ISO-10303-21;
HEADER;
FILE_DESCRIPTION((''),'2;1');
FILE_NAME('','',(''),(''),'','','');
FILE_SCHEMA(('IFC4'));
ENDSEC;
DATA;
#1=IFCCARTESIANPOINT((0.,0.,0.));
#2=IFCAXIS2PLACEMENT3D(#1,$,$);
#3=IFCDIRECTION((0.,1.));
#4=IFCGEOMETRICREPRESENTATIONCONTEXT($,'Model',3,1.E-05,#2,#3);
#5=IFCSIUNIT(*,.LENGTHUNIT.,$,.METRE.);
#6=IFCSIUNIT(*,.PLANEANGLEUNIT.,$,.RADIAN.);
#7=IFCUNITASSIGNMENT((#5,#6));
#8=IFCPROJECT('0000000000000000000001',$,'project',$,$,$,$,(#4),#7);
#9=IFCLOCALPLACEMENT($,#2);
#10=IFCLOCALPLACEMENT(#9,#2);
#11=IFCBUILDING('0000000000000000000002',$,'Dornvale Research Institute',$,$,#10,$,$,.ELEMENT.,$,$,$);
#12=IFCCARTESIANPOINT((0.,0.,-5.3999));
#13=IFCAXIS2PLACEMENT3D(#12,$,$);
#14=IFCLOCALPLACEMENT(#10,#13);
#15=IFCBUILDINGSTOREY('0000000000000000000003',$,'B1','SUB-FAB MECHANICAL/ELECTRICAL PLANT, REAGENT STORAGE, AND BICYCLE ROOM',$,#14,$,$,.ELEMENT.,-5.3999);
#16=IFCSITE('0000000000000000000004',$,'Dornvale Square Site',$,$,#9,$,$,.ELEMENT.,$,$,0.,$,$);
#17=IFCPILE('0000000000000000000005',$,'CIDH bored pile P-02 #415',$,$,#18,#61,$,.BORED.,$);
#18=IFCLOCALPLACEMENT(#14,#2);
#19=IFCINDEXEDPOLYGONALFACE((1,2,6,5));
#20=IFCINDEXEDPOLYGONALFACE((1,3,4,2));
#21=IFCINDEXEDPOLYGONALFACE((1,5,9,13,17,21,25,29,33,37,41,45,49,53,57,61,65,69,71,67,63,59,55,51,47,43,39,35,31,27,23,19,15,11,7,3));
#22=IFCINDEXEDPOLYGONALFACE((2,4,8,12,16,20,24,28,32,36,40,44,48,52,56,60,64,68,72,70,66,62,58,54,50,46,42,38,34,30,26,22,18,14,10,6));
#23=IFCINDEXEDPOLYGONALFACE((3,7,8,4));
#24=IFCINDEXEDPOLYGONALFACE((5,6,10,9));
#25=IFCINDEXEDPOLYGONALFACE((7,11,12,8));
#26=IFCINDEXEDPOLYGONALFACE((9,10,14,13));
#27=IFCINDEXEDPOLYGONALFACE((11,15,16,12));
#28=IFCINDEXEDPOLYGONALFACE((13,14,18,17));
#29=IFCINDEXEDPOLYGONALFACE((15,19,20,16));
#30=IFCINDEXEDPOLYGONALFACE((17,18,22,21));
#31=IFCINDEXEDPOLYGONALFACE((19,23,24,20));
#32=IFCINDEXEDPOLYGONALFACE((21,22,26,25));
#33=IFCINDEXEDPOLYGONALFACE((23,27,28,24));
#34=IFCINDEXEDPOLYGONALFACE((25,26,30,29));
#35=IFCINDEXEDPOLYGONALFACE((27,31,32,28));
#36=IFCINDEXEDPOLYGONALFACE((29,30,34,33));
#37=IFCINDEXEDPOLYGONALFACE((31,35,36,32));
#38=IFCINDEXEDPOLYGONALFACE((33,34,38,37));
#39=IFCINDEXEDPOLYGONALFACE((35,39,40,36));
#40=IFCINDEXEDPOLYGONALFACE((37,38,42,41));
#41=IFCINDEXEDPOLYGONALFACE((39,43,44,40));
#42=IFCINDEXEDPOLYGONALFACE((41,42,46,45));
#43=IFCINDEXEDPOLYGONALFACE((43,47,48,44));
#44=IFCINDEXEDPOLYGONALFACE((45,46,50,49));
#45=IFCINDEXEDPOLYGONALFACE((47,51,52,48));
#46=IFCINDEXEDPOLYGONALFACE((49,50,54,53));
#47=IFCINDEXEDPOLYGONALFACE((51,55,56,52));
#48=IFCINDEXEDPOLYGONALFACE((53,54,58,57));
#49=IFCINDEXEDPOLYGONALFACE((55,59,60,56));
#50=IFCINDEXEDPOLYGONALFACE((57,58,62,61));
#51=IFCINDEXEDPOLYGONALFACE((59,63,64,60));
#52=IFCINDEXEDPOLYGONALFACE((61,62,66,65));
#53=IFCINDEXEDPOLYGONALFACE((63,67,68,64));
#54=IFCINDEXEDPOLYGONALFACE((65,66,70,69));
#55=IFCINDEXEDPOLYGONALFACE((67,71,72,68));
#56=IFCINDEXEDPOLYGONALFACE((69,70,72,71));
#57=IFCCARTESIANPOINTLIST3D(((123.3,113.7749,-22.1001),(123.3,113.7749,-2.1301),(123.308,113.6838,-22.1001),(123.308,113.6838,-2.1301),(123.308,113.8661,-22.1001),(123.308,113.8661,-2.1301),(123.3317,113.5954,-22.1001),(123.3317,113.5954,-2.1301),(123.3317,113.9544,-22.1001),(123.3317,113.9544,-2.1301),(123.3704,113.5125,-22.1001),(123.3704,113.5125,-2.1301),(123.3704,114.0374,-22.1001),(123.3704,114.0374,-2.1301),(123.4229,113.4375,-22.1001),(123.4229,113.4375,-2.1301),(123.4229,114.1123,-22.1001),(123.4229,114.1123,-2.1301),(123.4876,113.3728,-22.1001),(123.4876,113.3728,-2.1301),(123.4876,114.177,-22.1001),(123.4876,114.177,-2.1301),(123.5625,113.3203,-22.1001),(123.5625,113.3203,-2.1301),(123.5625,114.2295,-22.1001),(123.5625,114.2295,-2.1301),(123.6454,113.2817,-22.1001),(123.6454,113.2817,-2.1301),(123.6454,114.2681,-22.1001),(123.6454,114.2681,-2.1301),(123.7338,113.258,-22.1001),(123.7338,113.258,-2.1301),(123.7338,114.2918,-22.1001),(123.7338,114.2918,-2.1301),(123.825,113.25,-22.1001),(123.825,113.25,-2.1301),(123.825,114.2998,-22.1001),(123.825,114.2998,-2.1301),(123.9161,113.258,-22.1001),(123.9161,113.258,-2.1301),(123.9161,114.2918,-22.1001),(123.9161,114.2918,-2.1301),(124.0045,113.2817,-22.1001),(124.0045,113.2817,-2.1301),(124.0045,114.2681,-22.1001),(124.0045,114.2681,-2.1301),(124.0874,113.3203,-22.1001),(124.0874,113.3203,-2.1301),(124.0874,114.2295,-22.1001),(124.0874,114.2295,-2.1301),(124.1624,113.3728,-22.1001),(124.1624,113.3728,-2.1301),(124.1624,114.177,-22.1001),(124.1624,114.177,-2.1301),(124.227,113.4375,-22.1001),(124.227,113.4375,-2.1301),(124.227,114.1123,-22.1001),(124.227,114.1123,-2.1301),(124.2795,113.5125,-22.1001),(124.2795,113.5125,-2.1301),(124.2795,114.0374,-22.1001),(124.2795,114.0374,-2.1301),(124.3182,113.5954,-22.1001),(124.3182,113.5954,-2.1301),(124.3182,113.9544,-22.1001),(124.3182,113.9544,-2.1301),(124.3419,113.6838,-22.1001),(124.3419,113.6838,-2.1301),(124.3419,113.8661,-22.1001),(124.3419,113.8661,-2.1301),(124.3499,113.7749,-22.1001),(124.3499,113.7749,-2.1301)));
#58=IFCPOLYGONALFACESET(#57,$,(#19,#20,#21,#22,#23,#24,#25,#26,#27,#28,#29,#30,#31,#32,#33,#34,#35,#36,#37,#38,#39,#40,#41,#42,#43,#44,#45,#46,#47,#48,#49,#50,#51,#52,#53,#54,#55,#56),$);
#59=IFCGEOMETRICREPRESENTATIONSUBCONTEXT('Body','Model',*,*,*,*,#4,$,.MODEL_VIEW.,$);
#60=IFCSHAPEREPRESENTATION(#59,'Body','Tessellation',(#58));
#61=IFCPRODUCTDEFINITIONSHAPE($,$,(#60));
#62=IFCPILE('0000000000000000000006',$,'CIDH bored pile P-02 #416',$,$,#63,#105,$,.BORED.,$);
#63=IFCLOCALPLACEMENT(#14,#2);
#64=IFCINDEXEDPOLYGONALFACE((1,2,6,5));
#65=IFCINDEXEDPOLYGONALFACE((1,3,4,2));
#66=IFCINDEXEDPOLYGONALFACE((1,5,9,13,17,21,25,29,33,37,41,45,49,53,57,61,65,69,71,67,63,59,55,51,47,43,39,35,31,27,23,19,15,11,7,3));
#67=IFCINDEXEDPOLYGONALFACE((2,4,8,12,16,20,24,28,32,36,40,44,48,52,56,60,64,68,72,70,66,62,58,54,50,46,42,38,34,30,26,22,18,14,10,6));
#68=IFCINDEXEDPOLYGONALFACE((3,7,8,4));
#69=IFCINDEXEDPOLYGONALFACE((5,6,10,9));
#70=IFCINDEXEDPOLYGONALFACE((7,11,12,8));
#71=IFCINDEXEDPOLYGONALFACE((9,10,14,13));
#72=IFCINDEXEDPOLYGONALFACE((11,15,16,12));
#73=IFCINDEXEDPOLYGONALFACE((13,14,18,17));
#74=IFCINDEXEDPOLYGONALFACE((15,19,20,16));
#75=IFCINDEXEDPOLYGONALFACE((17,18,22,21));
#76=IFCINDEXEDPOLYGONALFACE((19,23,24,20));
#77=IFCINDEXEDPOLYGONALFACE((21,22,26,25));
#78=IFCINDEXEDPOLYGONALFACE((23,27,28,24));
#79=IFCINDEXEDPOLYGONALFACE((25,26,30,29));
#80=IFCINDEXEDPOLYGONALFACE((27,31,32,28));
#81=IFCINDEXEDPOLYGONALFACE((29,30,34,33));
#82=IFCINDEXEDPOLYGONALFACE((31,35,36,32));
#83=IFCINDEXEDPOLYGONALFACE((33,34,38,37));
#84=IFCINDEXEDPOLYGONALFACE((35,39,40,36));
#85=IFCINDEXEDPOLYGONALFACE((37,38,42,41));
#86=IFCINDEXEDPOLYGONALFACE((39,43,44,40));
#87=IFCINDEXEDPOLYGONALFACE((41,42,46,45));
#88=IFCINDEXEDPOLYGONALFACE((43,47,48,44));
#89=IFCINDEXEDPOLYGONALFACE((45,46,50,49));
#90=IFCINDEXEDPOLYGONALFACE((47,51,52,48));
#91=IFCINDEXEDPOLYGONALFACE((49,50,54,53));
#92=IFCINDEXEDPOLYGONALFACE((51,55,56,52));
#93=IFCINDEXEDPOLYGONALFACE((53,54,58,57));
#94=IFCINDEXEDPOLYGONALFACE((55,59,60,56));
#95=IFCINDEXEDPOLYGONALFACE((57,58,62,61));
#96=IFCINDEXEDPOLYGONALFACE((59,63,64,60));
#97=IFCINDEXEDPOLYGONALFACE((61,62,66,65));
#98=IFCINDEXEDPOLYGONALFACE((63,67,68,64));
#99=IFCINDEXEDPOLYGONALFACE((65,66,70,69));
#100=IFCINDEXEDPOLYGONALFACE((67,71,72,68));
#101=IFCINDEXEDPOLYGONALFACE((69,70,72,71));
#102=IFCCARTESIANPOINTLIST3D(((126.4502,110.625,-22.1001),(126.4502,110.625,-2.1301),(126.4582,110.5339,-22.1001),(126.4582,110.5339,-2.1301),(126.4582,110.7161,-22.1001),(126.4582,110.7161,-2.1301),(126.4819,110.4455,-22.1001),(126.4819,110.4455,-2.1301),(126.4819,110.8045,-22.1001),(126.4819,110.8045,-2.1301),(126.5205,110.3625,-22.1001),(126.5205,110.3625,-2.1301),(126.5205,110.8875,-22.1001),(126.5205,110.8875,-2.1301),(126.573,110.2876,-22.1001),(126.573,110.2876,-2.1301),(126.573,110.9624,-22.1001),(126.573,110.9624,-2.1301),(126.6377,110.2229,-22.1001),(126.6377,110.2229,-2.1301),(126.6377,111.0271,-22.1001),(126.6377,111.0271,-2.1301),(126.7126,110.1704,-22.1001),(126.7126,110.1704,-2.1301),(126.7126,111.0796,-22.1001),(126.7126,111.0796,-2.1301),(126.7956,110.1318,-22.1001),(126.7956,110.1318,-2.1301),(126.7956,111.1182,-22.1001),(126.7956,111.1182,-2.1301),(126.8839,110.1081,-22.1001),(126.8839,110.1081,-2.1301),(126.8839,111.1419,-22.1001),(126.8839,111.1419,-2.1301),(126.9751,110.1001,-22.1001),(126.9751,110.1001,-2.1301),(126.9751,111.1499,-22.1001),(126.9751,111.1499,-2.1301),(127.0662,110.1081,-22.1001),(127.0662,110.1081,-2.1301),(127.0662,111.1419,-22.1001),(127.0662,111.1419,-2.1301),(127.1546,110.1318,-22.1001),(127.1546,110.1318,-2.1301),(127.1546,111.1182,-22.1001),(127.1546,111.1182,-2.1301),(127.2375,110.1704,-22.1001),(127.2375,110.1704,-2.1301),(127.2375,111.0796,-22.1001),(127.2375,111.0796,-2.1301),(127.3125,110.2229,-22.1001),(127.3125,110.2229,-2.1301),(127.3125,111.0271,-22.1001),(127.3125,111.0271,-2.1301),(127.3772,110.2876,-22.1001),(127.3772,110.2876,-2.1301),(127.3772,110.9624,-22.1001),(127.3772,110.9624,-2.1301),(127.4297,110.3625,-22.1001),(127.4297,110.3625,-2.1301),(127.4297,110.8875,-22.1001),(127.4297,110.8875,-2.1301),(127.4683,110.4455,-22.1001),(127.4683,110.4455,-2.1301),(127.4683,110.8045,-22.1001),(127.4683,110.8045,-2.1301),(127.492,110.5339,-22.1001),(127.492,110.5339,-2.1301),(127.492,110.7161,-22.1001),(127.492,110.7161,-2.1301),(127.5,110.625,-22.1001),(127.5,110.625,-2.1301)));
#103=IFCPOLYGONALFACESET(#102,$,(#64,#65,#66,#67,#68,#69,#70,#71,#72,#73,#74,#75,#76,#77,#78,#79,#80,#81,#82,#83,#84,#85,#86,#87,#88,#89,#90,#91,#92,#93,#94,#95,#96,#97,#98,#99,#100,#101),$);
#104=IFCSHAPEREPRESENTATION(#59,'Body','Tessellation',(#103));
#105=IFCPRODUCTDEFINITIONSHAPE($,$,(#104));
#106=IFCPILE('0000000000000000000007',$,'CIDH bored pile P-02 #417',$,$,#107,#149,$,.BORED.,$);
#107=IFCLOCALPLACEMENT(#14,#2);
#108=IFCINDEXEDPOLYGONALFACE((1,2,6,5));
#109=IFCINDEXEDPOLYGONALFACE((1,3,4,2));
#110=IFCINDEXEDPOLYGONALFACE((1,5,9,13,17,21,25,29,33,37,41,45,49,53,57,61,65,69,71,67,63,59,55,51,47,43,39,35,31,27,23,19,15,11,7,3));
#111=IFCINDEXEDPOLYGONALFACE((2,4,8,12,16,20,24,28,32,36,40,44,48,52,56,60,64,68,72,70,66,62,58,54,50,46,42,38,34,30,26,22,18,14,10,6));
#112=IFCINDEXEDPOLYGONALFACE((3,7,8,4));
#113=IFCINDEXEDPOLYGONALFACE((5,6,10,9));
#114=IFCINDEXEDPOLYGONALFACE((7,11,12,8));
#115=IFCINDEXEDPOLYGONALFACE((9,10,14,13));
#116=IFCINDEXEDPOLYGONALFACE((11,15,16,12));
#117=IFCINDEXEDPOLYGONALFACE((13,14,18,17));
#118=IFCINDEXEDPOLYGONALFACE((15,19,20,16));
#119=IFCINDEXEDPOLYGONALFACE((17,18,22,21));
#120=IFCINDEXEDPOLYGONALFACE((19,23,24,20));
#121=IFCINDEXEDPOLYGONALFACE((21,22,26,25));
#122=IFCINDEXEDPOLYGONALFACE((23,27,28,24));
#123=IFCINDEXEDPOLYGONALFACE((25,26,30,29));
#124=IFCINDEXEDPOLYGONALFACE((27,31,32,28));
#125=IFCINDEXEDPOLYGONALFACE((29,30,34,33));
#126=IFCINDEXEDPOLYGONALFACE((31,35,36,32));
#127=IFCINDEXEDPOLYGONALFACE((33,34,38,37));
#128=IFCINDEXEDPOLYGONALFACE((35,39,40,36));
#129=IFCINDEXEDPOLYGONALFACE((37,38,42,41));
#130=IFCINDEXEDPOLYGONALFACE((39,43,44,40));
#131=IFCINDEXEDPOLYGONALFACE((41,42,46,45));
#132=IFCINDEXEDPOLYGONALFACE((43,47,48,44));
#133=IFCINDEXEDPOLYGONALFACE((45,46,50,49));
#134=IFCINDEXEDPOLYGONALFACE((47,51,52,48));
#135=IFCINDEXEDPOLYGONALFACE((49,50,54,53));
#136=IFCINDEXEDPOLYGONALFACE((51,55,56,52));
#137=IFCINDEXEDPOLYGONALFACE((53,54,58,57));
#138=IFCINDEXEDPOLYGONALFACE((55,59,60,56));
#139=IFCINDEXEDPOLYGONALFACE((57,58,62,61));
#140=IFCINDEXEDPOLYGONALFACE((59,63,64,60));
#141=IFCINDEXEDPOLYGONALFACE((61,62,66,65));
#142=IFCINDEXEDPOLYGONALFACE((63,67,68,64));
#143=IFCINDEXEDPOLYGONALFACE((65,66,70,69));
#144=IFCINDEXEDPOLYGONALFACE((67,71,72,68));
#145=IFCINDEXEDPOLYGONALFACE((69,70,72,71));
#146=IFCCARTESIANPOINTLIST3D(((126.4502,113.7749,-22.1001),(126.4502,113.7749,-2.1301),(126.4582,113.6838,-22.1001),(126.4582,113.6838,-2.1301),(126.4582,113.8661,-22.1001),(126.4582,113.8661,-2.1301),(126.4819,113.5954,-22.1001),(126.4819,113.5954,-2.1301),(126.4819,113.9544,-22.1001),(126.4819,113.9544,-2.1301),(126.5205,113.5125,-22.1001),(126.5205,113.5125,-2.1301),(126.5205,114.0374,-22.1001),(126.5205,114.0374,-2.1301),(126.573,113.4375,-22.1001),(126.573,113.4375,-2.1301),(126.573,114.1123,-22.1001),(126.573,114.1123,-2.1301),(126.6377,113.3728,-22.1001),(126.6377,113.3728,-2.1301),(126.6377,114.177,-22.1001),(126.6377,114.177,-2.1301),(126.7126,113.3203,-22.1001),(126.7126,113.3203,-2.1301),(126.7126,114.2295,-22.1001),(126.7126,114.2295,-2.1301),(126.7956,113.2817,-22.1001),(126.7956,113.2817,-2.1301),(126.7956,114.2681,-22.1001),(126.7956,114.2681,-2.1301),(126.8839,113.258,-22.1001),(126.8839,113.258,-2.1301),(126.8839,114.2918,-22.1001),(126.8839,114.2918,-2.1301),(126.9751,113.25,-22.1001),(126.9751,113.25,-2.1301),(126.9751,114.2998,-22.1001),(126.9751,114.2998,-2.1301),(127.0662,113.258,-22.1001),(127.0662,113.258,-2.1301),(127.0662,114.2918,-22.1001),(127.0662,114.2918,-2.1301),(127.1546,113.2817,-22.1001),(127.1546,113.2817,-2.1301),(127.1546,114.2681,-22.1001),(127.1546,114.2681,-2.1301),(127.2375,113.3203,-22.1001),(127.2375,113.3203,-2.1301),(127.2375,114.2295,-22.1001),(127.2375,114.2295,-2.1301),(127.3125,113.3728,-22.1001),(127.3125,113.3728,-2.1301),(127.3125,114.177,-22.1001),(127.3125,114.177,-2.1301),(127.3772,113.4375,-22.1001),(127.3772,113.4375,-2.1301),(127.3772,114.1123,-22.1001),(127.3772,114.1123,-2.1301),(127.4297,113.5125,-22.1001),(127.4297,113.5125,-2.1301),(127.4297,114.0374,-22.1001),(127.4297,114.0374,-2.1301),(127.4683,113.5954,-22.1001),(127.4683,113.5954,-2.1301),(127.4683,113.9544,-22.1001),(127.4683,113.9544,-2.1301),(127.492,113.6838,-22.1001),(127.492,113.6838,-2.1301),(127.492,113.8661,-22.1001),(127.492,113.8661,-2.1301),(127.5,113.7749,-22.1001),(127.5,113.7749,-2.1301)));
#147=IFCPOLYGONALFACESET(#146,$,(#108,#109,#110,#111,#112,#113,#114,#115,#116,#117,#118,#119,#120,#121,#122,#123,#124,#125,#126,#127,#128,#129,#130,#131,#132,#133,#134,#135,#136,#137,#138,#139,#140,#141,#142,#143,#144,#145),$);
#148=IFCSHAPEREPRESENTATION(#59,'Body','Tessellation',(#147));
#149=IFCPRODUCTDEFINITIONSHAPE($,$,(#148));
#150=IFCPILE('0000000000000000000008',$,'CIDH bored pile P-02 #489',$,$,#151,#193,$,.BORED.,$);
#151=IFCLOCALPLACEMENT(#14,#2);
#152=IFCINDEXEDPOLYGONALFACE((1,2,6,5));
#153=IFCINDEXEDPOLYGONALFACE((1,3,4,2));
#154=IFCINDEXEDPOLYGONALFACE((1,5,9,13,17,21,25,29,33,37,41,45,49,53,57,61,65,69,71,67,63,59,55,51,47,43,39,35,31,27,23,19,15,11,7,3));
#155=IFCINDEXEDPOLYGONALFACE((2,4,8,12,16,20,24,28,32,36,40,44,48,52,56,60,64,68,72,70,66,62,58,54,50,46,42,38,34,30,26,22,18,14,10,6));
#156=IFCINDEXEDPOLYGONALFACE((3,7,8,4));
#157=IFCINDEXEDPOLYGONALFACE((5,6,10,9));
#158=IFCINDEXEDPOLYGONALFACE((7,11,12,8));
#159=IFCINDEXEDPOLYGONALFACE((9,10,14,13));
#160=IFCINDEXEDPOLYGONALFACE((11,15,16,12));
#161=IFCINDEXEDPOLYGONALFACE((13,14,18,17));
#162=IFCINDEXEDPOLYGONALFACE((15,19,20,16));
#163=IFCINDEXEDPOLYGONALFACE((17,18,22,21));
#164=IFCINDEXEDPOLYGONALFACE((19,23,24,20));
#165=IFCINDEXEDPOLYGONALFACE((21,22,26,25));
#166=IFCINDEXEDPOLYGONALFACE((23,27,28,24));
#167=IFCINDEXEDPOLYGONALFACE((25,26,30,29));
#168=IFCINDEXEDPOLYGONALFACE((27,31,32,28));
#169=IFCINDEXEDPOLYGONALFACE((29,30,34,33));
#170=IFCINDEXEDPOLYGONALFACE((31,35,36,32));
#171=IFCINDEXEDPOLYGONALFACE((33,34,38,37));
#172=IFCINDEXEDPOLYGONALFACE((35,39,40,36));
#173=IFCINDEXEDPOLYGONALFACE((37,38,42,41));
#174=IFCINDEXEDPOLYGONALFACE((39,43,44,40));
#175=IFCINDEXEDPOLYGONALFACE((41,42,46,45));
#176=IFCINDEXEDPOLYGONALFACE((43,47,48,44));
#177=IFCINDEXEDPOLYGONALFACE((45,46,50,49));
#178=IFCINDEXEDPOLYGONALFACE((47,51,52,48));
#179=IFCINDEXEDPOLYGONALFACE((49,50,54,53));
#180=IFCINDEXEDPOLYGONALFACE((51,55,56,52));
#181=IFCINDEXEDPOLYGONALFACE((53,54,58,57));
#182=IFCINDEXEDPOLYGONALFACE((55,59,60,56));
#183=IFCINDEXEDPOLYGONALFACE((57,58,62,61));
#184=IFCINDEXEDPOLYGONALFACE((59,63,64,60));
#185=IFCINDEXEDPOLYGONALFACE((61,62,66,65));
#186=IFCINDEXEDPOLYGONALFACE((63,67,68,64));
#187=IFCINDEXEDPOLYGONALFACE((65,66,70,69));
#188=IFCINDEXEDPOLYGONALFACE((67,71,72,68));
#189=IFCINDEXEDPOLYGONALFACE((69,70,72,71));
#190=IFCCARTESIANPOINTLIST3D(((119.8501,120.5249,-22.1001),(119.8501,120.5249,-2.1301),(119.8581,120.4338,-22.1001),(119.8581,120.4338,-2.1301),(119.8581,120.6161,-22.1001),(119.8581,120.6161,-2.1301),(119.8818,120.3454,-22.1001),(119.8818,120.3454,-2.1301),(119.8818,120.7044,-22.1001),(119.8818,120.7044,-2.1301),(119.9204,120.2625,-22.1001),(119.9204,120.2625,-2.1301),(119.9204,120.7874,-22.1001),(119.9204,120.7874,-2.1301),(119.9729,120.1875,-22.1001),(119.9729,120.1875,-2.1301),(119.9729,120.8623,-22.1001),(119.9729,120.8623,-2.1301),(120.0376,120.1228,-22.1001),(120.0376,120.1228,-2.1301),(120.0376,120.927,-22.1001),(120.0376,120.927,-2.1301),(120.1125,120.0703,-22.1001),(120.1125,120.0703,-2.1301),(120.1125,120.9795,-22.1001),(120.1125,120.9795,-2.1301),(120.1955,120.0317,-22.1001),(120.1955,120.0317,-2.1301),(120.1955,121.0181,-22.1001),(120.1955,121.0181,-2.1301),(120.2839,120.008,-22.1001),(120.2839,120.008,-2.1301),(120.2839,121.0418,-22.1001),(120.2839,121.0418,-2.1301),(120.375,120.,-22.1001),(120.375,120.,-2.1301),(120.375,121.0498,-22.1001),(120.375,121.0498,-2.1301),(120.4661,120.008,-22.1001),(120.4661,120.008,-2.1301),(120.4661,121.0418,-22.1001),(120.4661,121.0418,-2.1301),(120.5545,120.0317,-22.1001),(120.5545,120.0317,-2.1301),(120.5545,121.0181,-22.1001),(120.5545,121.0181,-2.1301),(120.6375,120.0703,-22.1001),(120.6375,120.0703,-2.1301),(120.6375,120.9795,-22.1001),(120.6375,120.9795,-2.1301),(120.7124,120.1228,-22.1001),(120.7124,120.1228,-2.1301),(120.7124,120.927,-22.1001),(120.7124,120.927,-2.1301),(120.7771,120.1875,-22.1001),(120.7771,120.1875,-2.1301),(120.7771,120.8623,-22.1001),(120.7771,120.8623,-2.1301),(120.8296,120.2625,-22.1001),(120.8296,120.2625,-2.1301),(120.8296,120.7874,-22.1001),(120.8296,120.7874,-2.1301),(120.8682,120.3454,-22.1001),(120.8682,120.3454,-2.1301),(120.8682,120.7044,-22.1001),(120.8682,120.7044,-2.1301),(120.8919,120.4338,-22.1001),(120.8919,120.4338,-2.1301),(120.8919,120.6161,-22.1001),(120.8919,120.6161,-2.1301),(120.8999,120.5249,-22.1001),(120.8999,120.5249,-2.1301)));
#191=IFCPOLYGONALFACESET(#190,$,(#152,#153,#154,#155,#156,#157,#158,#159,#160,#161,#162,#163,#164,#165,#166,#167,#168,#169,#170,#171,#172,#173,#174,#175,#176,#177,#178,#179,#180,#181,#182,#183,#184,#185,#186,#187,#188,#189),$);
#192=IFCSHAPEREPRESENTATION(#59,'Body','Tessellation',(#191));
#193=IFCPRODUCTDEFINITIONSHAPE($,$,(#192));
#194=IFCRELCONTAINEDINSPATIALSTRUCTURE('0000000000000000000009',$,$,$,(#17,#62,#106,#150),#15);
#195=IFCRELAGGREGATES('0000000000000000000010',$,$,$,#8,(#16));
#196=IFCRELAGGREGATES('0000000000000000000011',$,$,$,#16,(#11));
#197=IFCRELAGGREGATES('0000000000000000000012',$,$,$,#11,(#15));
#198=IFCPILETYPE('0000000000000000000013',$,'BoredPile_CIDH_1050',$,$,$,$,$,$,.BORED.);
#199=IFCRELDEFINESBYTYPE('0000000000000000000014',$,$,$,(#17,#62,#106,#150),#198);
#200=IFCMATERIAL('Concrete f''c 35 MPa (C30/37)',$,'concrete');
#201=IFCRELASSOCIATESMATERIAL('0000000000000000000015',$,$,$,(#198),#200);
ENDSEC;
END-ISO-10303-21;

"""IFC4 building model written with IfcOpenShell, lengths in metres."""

from ifc_helpers import new_model, si_unit, direction, frame, origin, origin_2d, place, context, subcontext, project, spatial, circle, extrude, material, material_profile, profile_set, type_object, element, save


model = new_model("IFC4")

# Units and contexts
model_context = context("Model", 3, precision=1e-05, world=origin(), true_north=direction((0.0, 1.0)))
body_context = subcontext(model_context, "Body", "Model", "MODEL_VIEW")
ifc_project = project(units=[si_unit("LENGTHUNIT", "METRE"), si_unit("PLANEANGLEUNIT", "RADIAN")], contexts=[model_context])

# Site, building, storey
site_placement = place(None, origin())
site = spatial("IfcSite", under=ifc_project, at=site_placement, Name="Dornvale Square Site", CompositionType="ELEMENT", RefElevation=0.0)
building_placement = place(site_placement, origin())
building = spatial("IfcBuilding", under=site, at=building_placement, Name="Dornvale Research Institute", CompositionType="ELEMENT")
storey_placement = place(building_placement, frame((0.0, 0.0, -5.3999)))
storey = spatial("IfcBuildingStorey", under=building, at=storey_placement, Name="B1", Description="SUB-FAB MECHANICAL/ELECTRICAL PLANT, REAGENT STORAGE, AND BICYCLE ROOM", CompositionType="ELEMENT", Elevation=-5.3999)

# Piles
ifc_material_1 = material(Name="Concrete f'c 35 MPa (C30/37)", Category="concrete")
ifc_material_profile_1 = material_profile(ifc_material_1, circle(Radius=0.5249, at=origin_2d()), Name="CIDH PILE D1050")
ifc_profile_set_1 = profile_set([ifc_material_profile_1], Name="Concrete f'c 35 MPa (C30/37)")
pile_type = type_object("IfcPileType", Name="BoredPile_CIDH_1050", PredefinedType="BORED", material=ifc_profile_set_1)
for number, where, z_axis, x_axis, name in (
    (1, (123.825, 113.7749, -2.1301), (0.0, 0.0, -1.0), (1.0, 0.0, 0.0), "CIDH bored pile P-02 #415"),
    (2, (126.9751, 110.625, -2.1301), (0.0, 0.0, -1.0), (1.0, 0.0, 0.0), "CIDH bored pile P-02 #416"),
    (3, (126.9751, 113.7749, -2.1301), (0.0, 0.0, -1.0), (1.0, 0.0, 0.0), "CIDH bored pile P-02 #417"),
    (4, (120.375, 120.5249, -2.1301), (0.0, 0.0, -1.0), (1.0, 0.0, 0.0), "CIDH bored pile P-02 #489"),
):
    element("IfcPile", number, at=place(storey_placement, frame(where, z_axis=z_axis, x_axis=x_axis)), inside=storey, type_object=pile_type, Name=name, PredefinedType="BORED", context=body_context, shape_type="SweptSolid", body=[
        extrude(circle(Radius=0.5249, at=origin_2d()), origin(), (0.0, 0.0, 1.0), 19.97),
    ])

save(model, "model.ifc")
